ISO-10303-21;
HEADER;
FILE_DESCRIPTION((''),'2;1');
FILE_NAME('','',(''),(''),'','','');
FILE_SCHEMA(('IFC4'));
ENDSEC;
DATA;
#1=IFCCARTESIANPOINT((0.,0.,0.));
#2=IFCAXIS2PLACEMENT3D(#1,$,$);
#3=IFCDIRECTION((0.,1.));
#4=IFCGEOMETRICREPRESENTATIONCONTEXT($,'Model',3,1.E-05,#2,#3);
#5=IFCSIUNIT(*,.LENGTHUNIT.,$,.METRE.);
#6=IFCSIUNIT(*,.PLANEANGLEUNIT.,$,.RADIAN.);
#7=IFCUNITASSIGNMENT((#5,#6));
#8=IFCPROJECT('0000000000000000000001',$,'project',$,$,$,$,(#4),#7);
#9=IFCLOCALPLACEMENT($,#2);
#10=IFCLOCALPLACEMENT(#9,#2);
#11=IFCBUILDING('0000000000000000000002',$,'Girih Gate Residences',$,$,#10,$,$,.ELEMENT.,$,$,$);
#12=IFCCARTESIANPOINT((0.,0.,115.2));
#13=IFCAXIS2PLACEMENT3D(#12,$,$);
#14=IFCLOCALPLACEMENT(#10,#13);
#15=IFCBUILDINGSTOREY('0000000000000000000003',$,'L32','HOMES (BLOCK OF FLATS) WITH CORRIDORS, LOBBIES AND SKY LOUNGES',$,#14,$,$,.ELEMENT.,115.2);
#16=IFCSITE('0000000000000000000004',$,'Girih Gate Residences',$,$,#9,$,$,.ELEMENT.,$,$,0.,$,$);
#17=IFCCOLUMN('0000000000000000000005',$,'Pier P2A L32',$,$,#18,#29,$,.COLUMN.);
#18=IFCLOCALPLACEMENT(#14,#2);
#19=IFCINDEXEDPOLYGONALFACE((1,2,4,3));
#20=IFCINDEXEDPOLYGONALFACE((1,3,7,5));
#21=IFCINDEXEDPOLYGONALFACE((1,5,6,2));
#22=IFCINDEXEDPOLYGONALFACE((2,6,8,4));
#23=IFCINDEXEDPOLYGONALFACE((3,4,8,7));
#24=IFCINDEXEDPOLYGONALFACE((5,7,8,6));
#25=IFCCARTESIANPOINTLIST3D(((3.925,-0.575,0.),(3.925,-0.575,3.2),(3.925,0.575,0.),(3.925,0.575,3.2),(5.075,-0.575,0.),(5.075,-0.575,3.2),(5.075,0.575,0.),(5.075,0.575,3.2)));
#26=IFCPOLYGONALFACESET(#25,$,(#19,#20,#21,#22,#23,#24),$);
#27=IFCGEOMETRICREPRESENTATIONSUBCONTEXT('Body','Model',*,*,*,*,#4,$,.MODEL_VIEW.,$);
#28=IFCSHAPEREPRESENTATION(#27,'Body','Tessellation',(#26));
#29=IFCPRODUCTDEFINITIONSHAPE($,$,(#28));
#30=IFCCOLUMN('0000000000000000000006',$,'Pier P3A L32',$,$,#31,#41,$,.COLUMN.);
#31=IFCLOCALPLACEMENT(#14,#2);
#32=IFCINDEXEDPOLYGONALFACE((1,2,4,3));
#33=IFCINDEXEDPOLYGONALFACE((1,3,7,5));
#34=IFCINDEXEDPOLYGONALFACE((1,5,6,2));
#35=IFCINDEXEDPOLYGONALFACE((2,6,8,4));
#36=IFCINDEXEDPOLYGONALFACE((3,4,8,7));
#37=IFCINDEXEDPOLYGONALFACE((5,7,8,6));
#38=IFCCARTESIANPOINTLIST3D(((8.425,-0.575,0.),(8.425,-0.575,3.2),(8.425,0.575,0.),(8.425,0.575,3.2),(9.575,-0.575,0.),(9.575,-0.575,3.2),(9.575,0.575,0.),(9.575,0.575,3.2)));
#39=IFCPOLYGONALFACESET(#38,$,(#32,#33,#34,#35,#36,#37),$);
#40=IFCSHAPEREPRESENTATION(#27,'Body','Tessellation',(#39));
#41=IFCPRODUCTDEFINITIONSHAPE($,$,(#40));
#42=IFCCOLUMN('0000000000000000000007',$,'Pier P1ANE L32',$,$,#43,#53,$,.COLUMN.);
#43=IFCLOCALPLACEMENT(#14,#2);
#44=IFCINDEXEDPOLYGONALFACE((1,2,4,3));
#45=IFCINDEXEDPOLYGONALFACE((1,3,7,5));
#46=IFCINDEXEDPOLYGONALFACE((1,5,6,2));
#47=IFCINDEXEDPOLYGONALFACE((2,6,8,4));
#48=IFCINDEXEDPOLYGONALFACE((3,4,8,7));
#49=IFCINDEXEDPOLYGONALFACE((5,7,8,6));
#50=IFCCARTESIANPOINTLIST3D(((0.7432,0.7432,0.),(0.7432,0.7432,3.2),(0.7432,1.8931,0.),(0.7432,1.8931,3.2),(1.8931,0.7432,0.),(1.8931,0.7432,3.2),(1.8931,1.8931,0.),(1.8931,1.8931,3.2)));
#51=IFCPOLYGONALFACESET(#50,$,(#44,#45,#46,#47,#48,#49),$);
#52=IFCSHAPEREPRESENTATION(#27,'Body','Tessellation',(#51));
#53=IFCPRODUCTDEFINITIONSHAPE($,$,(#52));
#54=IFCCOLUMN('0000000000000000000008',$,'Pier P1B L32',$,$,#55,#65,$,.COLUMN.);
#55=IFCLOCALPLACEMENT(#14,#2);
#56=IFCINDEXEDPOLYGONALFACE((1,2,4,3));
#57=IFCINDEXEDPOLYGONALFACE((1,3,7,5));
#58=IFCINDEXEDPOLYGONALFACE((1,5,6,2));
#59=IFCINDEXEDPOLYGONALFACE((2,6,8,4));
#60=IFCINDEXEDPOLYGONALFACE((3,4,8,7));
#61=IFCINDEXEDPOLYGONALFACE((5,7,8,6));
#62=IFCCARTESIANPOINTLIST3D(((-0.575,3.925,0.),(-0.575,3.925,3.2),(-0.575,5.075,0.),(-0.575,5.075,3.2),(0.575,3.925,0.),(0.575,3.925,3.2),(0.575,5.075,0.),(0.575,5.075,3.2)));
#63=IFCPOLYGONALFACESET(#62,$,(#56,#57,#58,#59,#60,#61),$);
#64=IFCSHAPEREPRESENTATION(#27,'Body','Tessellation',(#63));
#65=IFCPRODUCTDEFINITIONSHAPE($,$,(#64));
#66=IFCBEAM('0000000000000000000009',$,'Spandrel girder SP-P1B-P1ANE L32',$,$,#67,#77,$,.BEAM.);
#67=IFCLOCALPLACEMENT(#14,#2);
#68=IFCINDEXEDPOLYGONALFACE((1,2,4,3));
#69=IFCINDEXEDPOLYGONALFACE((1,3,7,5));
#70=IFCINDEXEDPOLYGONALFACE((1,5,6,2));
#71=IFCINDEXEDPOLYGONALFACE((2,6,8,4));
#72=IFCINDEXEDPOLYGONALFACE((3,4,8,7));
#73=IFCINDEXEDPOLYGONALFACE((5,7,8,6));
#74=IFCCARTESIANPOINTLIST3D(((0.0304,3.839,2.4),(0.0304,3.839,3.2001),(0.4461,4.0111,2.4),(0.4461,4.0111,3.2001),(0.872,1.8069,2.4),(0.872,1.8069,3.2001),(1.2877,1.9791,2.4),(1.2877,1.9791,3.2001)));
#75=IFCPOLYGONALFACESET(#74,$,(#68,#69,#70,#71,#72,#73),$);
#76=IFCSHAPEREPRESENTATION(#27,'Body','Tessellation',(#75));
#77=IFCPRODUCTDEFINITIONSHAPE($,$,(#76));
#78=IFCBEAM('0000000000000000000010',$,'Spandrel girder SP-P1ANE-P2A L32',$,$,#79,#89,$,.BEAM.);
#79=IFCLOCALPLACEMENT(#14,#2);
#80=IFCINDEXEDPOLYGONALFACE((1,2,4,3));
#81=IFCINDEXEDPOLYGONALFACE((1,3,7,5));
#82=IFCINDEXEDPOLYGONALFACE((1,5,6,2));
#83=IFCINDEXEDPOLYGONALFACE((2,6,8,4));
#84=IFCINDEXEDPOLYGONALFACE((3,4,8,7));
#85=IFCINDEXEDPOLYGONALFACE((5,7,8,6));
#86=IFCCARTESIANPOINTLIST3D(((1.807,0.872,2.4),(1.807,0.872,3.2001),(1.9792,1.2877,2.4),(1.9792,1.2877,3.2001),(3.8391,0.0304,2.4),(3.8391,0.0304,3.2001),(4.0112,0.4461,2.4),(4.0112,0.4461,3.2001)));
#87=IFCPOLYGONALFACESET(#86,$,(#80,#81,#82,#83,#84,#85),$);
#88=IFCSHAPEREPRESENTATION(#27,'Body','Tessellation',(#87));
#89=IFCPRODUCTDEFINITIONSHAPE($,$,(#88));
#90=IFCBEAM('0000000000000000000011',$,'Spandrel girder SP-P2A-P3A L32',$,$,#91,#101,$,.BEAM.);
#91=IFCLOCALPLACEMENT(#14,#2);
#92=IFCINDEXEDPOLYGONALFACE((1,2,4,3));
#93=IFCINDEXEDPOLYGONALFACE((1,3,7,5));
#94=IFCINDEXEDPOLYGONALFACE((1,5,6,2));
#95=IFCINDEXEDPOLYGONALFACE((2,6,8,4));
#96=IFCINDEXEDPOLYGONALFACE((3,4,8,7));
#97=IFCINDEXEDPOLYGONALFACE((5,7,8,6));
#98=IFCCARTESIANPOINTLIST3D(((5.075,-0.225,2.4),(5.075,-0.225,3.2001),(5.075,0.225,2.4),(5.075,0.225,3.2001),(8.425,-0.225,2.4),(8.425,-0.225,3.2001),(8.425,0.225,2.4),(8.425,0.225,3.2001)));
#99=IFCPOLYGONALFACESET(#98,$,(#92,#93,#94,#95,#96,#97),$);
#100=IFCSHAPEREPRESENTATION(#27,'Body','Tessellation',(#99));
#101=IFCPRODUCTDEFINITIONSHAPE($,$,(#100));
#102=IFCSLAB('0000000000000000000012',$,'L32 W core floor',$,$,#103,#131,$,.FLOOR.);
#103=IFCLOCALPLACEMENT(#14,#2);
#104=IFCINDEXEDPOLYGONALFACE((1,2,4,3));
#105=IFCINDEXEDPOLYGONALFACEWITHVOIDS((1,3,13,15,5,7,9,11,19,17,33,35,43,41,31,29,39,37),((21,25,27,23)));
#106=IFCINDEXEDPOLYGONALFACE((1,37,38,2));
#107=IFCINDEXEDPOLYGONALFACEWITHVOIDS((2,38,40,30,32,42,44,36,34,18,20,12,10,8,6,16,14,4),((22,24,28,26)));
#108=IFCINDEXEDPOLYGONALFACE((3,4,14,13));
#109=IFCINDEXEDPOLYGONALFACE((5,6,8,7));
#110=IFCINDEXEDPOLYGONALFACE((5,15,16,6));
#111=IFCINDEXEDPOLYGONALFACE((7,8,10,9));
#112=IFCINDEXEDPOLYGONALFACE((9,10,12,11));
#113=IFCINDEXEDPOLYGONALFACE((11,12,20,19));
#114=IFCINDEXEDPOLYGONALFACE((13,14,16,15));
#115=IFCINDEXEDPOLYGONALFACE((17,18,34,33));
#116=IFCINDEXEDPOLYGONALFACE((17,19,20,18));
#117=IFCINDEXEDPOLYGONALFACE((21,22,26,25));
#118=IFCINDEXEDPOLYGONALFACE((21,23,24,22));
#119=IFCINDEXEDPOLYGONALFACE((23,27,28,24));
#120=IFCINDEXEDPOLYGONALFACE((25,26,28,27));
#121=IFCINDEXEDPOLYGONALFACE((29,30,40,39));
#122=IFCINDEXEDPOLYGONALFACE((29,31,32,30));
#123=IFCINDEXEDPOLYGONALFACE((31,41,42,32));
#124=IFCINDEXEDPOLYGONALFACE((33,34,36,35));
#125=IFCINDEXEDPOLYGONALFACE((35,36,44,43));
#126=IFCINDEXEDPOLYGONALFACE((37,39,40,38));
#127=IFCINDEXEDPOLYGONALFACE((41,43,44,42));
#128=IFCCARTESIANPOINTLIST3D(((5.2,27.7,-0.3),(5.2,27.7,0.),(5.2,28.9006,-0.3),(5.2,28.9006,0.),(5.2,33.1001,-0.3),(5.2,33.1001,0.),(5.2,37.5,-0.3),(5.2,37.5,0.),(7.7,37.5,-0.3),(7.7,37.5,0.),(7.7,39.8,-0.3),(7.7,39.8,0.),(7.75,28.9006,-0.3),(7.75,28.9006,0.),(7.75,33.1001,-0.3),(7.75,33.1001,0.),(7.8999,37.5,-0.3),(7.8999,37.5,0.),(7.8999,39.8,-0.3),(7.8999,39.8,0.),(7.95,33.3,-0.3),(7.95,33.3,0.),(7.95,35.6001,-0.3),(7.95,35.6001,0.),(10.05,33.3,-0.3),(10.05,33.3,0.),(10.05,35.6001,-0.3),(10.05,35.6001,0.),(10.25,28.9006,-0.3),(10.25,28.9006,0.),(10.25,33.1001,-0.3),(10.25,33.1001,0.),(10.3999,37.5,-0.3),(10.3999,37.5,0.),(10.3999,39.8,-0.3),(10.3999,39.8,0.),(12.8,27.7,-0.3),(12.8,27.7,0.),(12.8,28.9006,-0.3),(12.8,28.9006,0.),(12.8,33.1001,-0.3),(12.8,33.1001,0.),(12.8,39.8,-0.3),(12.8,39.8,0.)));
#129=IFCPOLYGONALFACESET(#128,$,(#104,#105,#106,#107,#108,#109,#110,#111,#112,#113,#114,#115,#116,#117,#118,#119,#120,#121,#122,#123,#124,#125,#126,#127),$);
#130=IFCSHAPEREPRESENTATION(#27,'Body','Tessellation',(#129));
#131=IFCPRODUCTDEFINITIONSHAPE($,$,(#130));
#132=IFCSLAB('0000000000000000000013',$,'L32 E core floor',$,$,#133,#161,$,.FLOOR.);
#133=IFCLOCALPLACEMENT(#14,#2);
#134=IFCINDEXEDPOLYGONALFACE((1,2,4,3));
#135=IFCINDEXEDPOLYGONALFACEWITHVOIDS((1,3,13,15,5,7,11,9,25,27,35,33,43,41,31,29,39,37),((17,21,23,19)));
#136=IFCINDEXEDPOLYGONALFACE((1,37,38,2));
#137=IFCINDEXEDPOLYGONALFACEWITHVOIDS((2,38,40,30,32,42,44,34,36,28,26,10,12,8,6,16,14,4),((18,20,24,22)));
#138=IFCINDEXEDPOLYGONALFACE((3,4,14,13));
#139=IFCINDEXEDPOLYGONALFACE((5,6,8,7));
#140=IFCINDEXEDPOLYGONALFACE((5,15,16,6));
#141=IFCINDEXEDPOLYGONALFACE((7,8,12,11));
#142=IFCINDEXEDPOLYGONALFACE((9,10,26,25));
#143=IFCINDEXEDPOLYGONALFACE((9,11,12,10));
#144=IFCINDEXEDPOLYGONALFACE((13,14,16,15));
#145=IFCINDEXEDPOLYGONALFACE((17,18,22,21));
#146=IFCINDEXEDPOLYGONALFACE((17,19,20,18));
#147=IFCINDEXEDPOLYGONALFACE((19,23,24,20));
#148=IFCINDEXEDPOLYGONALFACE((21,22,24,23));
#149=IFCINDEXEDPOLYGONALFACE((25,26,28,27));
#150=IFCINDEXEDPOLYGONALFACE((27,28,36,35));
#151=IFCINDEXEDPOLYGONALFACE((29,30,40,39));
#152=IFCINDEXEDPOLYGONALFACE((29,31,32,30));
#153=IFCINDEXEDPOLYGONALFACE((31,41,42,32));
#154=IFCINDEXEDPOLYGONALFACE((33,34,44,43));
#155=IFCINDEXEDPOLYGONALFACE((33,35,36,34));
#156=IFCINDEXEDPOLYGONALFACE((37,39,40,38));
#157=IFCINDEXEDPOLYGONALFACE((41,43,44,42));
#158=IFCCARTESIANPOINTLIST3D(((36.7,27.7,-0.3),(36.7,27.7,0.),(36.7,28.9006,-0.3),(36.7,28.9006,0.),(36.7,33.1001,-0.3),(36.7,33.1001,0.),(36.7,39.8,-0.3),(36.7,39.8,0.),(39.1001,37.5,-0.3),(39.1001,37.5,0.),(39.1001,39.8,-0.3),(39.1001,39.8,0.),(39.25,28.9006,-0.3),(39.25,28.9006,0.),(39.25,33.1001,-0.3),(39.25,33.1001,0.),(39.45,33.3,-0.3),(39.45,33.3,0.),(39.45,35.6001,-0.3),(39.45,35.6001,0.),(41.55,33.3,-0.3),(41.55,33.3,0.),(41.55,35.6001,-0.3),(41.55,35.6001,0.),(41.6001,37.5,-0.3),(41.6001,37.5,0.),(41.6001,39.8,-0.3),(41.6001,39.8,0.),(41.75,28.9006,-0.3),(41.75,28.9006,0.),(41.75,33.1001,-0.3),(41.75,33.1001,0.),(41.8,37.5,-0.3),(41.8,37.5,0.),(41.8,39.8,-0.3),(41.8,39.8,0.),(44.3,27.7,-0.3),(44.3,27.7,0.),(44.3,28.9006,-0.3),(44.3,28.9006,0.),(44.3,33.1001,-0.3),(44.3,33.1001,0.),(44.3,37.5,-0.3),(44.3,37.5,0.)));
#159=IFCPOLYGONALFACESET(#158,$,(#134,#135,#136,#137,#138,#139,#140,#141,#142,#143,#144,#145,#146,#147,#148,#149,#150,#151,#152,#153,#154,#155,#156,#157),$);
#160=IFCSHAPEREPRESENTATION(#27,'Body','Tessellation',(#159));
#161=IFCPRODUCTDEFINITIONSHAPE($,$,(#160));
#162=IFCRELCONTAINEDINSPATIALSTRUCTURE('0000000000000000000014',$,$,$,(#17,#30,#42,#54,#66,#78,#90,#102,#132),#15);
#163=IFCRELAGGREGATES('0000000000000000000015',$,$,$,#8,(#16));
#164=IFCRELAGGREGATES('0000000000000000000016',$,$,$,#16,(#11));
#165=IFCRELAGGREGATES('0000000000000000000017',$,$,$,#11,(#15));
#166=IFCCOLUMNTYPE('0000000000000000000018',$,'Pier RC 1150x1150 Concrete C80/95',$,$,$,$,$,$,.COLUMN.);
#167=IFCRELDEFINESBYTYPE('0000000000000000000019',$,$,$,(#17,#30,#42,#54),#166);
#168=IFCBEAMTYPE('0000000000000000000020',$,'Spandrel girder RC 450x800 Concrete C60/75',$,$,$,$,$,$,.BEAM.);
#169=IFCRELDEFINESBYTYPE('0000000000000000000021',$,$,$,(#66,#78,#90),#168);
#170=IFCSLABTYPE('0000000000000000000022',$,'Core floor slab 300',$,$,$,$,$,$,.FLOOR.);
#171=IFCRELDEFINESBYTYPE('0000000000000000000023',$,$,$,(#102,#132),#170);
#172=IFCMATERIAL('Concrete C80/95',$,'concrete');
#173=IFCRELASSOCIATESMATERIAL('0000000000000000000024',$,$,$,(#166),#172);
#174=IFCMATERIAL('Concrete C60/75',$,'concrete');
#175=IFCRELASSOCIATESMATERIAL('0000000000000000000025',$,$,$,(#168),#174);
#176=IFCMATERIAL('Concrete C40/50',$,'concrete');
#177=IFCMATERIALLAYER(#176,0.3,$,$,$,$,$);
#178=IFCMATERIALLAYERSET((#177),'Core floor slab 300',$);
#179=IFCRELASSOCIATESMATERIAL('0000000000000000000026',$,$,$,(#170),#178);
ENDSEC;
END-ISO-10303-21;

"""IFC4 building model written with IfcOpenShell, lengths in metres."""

from ifc_helpers import new_model, si_unit, direction, frame, origin, origin_2d, place, context, subcontext, project, spatial, polyline, rectangle, outline, extrude, material, layer, layer_set, material_profile, profile_set, type_object, element, save


model = new_model("IFC4")

# Units and contexts
model_context = context("Model", 3, precision=1e-05, world=origin(), true_north=direction((0.0, 1.0)))
body_context = subcontext(model_context, "Body", "Model", "MODEL_VIEW")
ifc_project = project(units=[si_unit("LENGTHUNIT", "METRE"), si_unit("PLANEANGLEUNIT", "RADIAN")], contexts=[model_context])

# Site, building, storey
site_placement = place(None, origin())
site = spatial("IfcSite", under=ifc_project, at=site_placement, Name="Girih Gate Residences", CompositionType="ELEMENT", RefElevation=0.0)
building_placement = place(site_placement, origin())
building = spatial("IfcBuilding", under=site, at=building_placement, Name="Girih Gate Residences", CompositionType="ELEMENT")
storey_placement = place(building_placement, frame((0.0, 0.0, 115.2)))
storey = spatial("IfcBuildingStorey", under=building, at=storey_placement, Name="L32", Description="HOMES (BLOCK OF FLATS) WITH CORRIDORS, LOBBIES AND SKY LOUNGES", CompositionType="ELEMENT", Elevation=115.2)

# Columns
ifc_material_1 = material(Name="Concrete C80/95", Category="concrete")
ifc_material_profile_1 = material_profile(ifc_material_1, rectangle(XDim=1.1499, YDim=1.1499, at=origin_2d()))
ifc_profile_set_1 = profile_set([ifc_material_profile_1], Name="Concrete C80/95")
column_type = type_object("IfcColumnType", Name="Pier RC 1150x1150 Concrete C80/95", PredefinedType="COLUMN", material=ifc_profile_set_1)
for number, where, z_axis, x_axis, name in (
    (1, (4.5, 0.0, 0.0), (0.0, 0.0, 1.0), (1.0, 0.0, 0.0), "Pier P2A L32"),
    (2, (9.0, 0.0, 0.0), (0.0, 0.0, 1.0), (1.0, 0.0, 0.0), "Pier P3A L32"),
    (3, (1.3181, 1.3181, 0.0), (0.0, 0.0, 1.0), (1.0, 0.0, 0.0), "Pier P1ANE L32"),
    (4, (0.0, 4.5, 0.0), (0.0, 0.0, 1.0), (1.0, 0.0, 0.0), "Pier P1B L32"),
):
    element("IfcColumn", number, at=place(storey_placement, frame(where, z_axis=z_axis, x_axis=x_axis)), inside=storey, type_object=column_type, Name=name, PredefinedType="COLUMN", context=body_context, shape_type="SweptSolid", body=[
        extrude(rectangle(XDim=1.1499, YDim=1.1499, at=origin_2d()), origin(), (0.0, 0.0, 1.0), 3.2),
    ])

# Beams
ifc_material_2 = material(Name="Concrete C60/75", Category="concrete")
ifc_material_profile_2 = material_profile(ifc_material_2, rectangle(XDim=0.45, YDim=0.8, at=origin_2d()))
ifc_profile_set_2 = profile_set([ifc_material_profile_2], Name="Concrete C60/75")
beam_type = type_object("IfcBeamType", Name="Spandrel girder RC 450x800 Concrete C60/75", PredefinedType="BEAM", material=ifc_profile_set_2)
for number, where, z_axis, x_axis, name in (
    (5, (0.2383, 3.925, 2.8), (0.382636, -0.923899, 0.0), (0.923899, 0.382636, 0.0), "Spandrel girder SP-P1B-P1ANE L32"),
    (6, (1.8931, 1.0798, 2.8), (0.923899, -0.382636, 0.0), (0.382636, 0.923899, 0.0), "Spandrel girder SP-P1ANE-P2A L32"),
):
    element("IfcBeam", number, at=place(storey_placement, frame(where, z_axis=z_axis, x_axis=x_axis)), inside=storey, type_object=beam_type, Name=name, PredefinedType="BEAM", context=body_context, shape_type="SweptSolid", body=[
        extrude(rectangle(XDim=0.45, YDim=0.8, at=origin_2d()), origin(), (0.0, 0.0, 1.0), 2.1995),
    ])
beam_placement = place(storey_placement, frame((5.075, 0.0, 2.8), z_axis=(1.0, 0.0, 0.0), x_axis=(0.0, 1.0, 0.0)))
element("IfcBeam", 7, at=beam_placement, inside=storey, type_object=beam_type, Name="Spandrel girder SP-P2A-P3A L32", PredefinedType="BEAM", context=body_context, shape_type="SweptSolid", body=[
    extrude(rectangle(XDim=0.45, YDim=0.8, at=origin_2d()), origin(), (0.0, 0.0, 1.0), 3.3501),
])

# Slabs
ifc_material_3 = material(Name="Concrete C40/50", Category="concrete")
ifc_layer_1 = layer(ifc_material_3, 0.3)
ifc_layer_set_1 = layer_set([ifc_layer_1], Name="Core floor slab 300")
slab_type_1 = type_object("IfcSlabType", Name="Core floor slab 300", PredefinedType="FLOOR", material=ifc_layer_set_1)
slab_1_placement = place(storey_placement, frame((0.0, 0.0, -0.3)))
element("IfcSlab", 8, at=slab_1_placement, inside=storey, type_object=slab_type_1, Name="L32 W core floor", PredefinedType="FLOOR", context=body_context, shape_type="SweptSolid", body=[
    extrude(outline(polyline([(12.8, 27.7), (5.2, 27.7), (5.2, 28.9006), (7.75, 28.9006), (7.75, 33.1001), (5.2, 33.1001), (5.2, 37.5), (7.7, 37.5), (7.7, 39.8), (7.8999, 39.8), (7.8999, 37.5), (10.3999, 37.5), (10.3999, 39.8), (12.8, 39.8), (12.8, 33.1001), (10.25, 33.1001), (10.25, 28.9006), (12.8, 28.9006), (12.8, 27.7)]), holes=[polyline([(7.95, 33.3), (10.05, 33.3), (10.05, 35.6001), (7.95, 35.6001), (7.95, 33.3)])]), origin(), (0.0, 0.0, 1.0), 0.3),
])
slab_2_placement = place(storey_placement, frame((0.0, 0.0, -0.3)))
element("IfcSlab", 9, at=slab_2_placement, inside=storey, type_object=slab_type_1, Name="L32 E core floor", PredefinedType="FLOOR", context=body_context, shape_type="SweptSolid", body=[
    extrude(outline(polyline([(44.3, 27.7), (36.7, 27.7), (36.7, 28.9006), (39.25, 28.9006), (39.25, 33.1001), (36.7, 33.1001), (36.7, 39.8), (39.1001, 39.8), (39.1001, 37.5), (41.6001, 37.5), (41.6001, 39.8), (41.8, 39.8), (41.8, 37.5), (44.3, 37.5), (44.3, 33.1001), (41.75, 33.1001), (41.75, 28.9006), (44.3, 28.9006), (44.3, 27.7)]), holes=[polyline([(39.45, 33.3), (41.55, 33.3), (41.55, 35.6001), (39.45, 35.6001), (39.45, 33.3)])]), origin(), (0.0, 0.0, 1.0), 0.3),
])

save(model, "model.ifc")
